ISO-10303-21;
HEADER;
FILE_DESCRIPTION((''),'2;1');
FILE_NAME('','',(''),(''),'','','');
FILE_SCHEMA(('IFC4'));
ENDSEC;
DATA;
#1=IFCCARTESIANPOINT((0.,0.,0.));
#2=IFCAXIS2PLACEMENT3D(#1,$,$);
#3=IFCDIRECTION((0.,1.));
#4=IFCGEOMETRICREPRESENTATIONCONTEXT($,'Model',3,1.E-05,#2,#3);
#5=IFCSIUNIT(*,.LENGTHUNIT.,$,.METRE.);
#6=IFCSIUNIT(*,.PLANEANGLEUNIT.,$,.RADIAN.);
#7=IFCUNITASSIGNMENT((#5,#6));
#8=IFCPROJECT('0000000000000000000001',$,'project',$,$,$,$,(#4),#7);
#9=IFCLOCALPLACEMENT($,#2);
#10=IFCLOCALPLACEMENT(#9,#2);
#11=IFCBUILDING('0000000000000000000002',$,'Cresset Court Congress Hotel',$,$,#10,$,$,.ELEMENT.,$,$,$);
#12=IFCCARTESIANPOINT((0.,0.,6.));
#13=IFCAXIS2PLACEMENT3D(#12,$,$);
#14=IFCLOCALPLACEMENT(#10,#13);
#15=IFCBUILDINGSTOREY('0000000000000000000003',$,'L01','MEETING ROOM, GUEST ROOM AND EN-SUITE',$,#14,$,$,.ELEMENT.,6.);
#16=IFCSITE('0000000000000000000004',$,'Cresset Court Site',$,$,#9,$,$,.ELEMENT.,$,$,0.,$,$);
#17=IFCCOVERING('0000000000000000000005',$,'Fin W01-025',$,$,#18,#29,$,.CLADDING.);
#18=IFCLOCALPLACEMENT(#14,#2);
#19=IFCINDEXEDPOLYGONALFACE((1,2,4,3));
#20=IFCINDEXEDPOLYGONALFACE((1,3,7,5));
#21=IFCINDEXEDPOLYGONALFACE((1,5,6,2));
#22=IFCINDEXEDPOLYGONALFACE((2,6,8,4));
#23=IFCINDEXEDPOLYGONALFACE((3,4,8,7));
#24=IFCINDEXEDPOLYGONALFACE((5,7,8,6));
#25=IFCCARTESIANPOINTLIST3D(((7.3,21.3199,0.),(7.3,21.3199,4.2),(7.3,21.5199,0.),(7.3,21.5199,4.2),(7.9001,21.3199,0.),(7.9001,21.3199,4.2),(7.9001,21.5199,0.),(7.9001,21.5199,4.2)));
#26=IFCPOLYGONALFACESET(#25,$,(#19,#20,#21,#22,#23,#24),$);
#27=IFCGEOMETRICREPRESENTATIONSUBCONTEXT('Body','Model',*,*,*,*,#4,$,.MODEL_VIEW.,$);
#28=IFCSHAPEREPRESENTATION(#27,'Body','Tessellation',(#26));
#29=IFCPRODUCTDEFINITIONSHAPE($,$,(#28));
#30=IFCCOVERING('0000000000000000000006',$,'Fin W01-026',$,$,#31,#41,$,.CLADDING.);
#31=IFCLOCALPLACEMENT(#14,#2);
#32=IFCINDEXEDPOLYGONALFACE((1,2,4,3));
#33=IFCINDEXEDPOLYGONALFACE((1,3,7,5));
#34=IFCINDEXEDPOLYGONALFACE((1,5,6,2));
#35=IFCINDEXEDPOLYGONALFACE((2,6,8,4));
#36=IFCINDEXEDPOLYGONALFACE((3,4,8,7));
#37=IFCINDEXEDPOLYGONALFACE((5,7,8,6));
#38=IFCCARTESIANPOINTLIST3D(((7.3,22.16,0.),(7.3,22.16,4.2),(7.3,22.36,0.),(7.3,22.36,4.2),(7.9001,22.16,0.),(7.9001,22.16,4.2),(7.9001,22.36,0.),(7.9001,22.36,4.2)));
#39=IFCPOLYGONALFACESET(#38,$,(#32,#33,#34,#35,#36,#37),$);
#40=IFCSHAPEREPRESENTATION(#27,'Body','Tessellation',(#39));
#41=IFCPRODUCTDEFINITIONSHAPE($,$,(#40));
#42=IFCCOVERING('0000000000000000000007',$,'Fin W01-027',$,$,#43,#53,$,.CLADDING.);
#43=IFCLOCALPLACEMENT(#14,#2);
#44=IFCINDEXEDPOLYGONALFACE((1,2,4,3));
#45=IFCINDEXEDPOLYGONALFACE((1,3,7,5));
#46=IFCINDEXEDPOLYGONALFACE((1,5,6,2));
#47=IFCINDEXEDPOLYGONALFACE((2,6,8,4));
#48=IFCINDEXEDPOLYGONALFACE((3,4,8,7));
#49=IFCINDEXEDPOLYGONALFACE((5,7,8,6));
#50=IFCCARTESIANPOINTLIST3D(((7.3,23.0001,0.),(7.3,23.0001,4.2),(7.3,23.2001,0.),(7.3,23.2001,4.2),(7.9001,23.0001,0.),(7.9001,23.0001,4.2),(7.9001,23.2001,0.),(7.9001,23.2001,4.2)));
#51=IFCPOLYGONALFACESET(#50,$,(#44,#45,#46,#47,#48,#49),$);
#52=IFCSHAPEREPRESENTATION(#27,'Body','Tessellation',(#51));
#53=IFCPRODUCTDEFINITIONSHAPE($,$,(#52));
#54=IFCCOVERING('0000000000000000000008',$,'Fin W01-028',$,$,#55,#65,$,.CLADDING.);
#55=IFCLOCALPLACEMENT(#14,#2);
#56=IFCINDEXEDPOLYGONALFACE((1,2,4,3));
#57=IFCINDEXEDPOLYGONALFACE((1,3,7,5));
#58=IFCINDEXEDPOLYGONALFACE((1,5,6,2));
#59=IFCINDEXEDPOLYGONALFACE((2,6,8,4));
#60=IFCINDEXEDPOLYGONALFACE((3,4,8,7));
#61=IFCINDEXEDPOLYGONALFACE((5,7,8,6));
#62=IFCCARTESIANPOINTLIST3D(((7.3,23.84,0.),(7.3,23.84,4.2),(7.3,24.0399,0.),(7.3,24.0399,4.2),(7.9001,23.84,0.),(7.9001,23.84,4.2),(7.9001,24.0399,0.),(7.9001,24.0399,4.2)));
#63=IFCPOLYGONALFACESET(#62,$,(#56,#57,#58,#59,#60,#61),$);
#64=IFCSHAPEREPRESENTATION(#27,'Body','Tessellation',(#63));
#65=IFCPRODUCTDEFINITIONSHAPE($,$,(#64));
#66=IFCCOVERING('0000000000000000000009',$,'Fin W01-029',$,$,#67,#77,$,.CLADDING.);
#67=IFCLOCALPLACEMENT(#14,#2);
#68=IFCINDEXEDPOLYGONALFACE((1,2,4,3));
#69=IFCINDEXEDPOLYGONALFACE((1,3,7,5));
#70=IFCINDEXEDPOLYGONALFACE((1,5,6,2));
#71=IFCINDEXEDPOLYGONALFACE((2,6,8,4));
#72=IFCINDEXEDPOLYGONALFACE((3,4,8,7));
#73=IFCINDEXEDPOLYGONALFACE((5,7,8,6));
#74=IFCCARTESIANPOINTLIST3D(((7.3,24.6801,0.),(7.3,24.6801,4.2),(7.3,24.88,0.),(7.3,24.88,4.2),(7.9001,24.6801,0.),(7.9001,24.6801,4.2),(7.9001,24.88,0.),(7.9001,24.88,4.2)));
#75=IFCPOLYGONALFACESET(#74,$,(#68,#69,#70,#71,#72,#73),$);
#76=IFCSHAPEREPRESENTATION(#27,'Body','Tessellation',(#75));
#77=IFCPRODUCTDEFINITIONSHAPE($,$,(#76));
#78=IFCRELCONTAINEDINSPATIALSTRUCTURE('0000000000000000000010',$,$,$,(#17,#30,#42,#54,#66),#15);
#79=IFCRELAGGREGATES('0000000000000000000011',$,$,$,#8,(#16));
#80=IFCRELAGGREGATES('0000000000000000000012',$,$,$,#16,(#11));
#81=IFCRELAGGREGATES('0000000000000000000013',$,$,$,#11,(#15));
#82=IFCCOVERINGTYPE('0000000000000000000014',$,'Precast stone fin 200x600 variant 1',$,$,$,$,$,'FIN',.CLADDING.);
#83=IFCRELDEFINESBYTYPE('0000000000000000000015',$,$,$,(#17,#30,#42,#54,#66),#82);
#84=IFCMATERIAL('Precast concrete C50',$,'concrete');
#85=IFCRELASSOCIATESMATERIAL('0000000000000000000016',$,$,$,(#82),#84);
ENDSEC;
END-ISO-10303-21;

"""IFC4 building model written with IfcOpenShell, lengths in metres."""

from ifc_helpers import new_model, si_unit, direction, frame, origin, origin_2d, place, context, subcontext, project, spatial, rectangle, extrude, material, type_object, element, save


model = new_model("IFC4")

# Units and contexts
model_context = context("Model", 3, precision=1e-05, world=origin(), true_north=direction((0.0, 1.0)))
body_context = subcontext(model_context, "Body", "Model", "MODEL_VIEW")
ifc_project = project(units=[si_unit("LENGTHUNIT", "METRE"), si_unit("PLANEANGLEUNIT", "RADIAN")], contexts=[model_context])

# Site, building, storey
site_placement = place(None, origin())
site = spatial("IfcSite", under=ifc_project, at=site_placement, Name="Cresset Court Site", CompositionType="ELEMENT", RefElevation=0.0)
building_placement = place(site_placement, origin())
building = spatial("IfcBuilding", under=site, at=building_placement, Name="Cresset Court Congress Hotel", CompositionType="ELEMENT")
storey_placement = place(building_placement, frame((0.0, 0.0, 6.0)))
storey = spatial("IfcBuildingStorey", under=building, at=storey_placement, Name="L01", Description="MEETING ROOM, GUEST ROOM AND EN-SUITE", CompositionType="ELEMENT", Elevation=6.0)

# Coverings
ifc_material_1 = material(Name="Precast concrete C50", Category="concrete")
covering_type = type_object("IfcCoveringType", Name="Precast stone fin 200x600 variant 1", ElementType="FIN", PredefinedType="CLADDING", material=ifc_material_1)
for number, where, z_axis, x_axis, name in (
    (1, (7.6001, 21.4199, 0.0), (0.0, 0.0, 1.0), (1.0, 0.0, 0.0), "Fin W01-025"),
    (2, (7.6001, 22.26, 0.0), (0.0, 0.0, 1.0), (1.0, 0.0, 0.0), "Fin W01-026"),
    (3, (7.6001, 23.1001, 0.0), (0.0, 0.0, 1.0), (1.0, 0.0, 0.0), "Fin W01-027"),
    (4, (7.6001, 23.9399, 0.0), (0.0, 0.0, 1.0), (1.0, 0.0, 0.0), "Fin W01-028"),
    (5, (7.6001, 24.78, 0.0), (0.0, 0.0, 1.0), (1.0, 0.0, 0.0), "Fin W01-029"),
):
    element("IfcCovering", number, at=place(storey_placement, frame(where, z_axis=z_axis, x_axis=x_axis)), inside=storey, type_object=covering_type, Name=name, PredefinedType="CLADDING", context=body_context, shape_type="SweptSolid", body=[
        extrude(rectangle(XDim=0.6001, YDim=0.2, at=origin_2d()), origin(), (0.0, 0.0, 1.0), 4.2),
    ])

save(model, "model.ifc")
